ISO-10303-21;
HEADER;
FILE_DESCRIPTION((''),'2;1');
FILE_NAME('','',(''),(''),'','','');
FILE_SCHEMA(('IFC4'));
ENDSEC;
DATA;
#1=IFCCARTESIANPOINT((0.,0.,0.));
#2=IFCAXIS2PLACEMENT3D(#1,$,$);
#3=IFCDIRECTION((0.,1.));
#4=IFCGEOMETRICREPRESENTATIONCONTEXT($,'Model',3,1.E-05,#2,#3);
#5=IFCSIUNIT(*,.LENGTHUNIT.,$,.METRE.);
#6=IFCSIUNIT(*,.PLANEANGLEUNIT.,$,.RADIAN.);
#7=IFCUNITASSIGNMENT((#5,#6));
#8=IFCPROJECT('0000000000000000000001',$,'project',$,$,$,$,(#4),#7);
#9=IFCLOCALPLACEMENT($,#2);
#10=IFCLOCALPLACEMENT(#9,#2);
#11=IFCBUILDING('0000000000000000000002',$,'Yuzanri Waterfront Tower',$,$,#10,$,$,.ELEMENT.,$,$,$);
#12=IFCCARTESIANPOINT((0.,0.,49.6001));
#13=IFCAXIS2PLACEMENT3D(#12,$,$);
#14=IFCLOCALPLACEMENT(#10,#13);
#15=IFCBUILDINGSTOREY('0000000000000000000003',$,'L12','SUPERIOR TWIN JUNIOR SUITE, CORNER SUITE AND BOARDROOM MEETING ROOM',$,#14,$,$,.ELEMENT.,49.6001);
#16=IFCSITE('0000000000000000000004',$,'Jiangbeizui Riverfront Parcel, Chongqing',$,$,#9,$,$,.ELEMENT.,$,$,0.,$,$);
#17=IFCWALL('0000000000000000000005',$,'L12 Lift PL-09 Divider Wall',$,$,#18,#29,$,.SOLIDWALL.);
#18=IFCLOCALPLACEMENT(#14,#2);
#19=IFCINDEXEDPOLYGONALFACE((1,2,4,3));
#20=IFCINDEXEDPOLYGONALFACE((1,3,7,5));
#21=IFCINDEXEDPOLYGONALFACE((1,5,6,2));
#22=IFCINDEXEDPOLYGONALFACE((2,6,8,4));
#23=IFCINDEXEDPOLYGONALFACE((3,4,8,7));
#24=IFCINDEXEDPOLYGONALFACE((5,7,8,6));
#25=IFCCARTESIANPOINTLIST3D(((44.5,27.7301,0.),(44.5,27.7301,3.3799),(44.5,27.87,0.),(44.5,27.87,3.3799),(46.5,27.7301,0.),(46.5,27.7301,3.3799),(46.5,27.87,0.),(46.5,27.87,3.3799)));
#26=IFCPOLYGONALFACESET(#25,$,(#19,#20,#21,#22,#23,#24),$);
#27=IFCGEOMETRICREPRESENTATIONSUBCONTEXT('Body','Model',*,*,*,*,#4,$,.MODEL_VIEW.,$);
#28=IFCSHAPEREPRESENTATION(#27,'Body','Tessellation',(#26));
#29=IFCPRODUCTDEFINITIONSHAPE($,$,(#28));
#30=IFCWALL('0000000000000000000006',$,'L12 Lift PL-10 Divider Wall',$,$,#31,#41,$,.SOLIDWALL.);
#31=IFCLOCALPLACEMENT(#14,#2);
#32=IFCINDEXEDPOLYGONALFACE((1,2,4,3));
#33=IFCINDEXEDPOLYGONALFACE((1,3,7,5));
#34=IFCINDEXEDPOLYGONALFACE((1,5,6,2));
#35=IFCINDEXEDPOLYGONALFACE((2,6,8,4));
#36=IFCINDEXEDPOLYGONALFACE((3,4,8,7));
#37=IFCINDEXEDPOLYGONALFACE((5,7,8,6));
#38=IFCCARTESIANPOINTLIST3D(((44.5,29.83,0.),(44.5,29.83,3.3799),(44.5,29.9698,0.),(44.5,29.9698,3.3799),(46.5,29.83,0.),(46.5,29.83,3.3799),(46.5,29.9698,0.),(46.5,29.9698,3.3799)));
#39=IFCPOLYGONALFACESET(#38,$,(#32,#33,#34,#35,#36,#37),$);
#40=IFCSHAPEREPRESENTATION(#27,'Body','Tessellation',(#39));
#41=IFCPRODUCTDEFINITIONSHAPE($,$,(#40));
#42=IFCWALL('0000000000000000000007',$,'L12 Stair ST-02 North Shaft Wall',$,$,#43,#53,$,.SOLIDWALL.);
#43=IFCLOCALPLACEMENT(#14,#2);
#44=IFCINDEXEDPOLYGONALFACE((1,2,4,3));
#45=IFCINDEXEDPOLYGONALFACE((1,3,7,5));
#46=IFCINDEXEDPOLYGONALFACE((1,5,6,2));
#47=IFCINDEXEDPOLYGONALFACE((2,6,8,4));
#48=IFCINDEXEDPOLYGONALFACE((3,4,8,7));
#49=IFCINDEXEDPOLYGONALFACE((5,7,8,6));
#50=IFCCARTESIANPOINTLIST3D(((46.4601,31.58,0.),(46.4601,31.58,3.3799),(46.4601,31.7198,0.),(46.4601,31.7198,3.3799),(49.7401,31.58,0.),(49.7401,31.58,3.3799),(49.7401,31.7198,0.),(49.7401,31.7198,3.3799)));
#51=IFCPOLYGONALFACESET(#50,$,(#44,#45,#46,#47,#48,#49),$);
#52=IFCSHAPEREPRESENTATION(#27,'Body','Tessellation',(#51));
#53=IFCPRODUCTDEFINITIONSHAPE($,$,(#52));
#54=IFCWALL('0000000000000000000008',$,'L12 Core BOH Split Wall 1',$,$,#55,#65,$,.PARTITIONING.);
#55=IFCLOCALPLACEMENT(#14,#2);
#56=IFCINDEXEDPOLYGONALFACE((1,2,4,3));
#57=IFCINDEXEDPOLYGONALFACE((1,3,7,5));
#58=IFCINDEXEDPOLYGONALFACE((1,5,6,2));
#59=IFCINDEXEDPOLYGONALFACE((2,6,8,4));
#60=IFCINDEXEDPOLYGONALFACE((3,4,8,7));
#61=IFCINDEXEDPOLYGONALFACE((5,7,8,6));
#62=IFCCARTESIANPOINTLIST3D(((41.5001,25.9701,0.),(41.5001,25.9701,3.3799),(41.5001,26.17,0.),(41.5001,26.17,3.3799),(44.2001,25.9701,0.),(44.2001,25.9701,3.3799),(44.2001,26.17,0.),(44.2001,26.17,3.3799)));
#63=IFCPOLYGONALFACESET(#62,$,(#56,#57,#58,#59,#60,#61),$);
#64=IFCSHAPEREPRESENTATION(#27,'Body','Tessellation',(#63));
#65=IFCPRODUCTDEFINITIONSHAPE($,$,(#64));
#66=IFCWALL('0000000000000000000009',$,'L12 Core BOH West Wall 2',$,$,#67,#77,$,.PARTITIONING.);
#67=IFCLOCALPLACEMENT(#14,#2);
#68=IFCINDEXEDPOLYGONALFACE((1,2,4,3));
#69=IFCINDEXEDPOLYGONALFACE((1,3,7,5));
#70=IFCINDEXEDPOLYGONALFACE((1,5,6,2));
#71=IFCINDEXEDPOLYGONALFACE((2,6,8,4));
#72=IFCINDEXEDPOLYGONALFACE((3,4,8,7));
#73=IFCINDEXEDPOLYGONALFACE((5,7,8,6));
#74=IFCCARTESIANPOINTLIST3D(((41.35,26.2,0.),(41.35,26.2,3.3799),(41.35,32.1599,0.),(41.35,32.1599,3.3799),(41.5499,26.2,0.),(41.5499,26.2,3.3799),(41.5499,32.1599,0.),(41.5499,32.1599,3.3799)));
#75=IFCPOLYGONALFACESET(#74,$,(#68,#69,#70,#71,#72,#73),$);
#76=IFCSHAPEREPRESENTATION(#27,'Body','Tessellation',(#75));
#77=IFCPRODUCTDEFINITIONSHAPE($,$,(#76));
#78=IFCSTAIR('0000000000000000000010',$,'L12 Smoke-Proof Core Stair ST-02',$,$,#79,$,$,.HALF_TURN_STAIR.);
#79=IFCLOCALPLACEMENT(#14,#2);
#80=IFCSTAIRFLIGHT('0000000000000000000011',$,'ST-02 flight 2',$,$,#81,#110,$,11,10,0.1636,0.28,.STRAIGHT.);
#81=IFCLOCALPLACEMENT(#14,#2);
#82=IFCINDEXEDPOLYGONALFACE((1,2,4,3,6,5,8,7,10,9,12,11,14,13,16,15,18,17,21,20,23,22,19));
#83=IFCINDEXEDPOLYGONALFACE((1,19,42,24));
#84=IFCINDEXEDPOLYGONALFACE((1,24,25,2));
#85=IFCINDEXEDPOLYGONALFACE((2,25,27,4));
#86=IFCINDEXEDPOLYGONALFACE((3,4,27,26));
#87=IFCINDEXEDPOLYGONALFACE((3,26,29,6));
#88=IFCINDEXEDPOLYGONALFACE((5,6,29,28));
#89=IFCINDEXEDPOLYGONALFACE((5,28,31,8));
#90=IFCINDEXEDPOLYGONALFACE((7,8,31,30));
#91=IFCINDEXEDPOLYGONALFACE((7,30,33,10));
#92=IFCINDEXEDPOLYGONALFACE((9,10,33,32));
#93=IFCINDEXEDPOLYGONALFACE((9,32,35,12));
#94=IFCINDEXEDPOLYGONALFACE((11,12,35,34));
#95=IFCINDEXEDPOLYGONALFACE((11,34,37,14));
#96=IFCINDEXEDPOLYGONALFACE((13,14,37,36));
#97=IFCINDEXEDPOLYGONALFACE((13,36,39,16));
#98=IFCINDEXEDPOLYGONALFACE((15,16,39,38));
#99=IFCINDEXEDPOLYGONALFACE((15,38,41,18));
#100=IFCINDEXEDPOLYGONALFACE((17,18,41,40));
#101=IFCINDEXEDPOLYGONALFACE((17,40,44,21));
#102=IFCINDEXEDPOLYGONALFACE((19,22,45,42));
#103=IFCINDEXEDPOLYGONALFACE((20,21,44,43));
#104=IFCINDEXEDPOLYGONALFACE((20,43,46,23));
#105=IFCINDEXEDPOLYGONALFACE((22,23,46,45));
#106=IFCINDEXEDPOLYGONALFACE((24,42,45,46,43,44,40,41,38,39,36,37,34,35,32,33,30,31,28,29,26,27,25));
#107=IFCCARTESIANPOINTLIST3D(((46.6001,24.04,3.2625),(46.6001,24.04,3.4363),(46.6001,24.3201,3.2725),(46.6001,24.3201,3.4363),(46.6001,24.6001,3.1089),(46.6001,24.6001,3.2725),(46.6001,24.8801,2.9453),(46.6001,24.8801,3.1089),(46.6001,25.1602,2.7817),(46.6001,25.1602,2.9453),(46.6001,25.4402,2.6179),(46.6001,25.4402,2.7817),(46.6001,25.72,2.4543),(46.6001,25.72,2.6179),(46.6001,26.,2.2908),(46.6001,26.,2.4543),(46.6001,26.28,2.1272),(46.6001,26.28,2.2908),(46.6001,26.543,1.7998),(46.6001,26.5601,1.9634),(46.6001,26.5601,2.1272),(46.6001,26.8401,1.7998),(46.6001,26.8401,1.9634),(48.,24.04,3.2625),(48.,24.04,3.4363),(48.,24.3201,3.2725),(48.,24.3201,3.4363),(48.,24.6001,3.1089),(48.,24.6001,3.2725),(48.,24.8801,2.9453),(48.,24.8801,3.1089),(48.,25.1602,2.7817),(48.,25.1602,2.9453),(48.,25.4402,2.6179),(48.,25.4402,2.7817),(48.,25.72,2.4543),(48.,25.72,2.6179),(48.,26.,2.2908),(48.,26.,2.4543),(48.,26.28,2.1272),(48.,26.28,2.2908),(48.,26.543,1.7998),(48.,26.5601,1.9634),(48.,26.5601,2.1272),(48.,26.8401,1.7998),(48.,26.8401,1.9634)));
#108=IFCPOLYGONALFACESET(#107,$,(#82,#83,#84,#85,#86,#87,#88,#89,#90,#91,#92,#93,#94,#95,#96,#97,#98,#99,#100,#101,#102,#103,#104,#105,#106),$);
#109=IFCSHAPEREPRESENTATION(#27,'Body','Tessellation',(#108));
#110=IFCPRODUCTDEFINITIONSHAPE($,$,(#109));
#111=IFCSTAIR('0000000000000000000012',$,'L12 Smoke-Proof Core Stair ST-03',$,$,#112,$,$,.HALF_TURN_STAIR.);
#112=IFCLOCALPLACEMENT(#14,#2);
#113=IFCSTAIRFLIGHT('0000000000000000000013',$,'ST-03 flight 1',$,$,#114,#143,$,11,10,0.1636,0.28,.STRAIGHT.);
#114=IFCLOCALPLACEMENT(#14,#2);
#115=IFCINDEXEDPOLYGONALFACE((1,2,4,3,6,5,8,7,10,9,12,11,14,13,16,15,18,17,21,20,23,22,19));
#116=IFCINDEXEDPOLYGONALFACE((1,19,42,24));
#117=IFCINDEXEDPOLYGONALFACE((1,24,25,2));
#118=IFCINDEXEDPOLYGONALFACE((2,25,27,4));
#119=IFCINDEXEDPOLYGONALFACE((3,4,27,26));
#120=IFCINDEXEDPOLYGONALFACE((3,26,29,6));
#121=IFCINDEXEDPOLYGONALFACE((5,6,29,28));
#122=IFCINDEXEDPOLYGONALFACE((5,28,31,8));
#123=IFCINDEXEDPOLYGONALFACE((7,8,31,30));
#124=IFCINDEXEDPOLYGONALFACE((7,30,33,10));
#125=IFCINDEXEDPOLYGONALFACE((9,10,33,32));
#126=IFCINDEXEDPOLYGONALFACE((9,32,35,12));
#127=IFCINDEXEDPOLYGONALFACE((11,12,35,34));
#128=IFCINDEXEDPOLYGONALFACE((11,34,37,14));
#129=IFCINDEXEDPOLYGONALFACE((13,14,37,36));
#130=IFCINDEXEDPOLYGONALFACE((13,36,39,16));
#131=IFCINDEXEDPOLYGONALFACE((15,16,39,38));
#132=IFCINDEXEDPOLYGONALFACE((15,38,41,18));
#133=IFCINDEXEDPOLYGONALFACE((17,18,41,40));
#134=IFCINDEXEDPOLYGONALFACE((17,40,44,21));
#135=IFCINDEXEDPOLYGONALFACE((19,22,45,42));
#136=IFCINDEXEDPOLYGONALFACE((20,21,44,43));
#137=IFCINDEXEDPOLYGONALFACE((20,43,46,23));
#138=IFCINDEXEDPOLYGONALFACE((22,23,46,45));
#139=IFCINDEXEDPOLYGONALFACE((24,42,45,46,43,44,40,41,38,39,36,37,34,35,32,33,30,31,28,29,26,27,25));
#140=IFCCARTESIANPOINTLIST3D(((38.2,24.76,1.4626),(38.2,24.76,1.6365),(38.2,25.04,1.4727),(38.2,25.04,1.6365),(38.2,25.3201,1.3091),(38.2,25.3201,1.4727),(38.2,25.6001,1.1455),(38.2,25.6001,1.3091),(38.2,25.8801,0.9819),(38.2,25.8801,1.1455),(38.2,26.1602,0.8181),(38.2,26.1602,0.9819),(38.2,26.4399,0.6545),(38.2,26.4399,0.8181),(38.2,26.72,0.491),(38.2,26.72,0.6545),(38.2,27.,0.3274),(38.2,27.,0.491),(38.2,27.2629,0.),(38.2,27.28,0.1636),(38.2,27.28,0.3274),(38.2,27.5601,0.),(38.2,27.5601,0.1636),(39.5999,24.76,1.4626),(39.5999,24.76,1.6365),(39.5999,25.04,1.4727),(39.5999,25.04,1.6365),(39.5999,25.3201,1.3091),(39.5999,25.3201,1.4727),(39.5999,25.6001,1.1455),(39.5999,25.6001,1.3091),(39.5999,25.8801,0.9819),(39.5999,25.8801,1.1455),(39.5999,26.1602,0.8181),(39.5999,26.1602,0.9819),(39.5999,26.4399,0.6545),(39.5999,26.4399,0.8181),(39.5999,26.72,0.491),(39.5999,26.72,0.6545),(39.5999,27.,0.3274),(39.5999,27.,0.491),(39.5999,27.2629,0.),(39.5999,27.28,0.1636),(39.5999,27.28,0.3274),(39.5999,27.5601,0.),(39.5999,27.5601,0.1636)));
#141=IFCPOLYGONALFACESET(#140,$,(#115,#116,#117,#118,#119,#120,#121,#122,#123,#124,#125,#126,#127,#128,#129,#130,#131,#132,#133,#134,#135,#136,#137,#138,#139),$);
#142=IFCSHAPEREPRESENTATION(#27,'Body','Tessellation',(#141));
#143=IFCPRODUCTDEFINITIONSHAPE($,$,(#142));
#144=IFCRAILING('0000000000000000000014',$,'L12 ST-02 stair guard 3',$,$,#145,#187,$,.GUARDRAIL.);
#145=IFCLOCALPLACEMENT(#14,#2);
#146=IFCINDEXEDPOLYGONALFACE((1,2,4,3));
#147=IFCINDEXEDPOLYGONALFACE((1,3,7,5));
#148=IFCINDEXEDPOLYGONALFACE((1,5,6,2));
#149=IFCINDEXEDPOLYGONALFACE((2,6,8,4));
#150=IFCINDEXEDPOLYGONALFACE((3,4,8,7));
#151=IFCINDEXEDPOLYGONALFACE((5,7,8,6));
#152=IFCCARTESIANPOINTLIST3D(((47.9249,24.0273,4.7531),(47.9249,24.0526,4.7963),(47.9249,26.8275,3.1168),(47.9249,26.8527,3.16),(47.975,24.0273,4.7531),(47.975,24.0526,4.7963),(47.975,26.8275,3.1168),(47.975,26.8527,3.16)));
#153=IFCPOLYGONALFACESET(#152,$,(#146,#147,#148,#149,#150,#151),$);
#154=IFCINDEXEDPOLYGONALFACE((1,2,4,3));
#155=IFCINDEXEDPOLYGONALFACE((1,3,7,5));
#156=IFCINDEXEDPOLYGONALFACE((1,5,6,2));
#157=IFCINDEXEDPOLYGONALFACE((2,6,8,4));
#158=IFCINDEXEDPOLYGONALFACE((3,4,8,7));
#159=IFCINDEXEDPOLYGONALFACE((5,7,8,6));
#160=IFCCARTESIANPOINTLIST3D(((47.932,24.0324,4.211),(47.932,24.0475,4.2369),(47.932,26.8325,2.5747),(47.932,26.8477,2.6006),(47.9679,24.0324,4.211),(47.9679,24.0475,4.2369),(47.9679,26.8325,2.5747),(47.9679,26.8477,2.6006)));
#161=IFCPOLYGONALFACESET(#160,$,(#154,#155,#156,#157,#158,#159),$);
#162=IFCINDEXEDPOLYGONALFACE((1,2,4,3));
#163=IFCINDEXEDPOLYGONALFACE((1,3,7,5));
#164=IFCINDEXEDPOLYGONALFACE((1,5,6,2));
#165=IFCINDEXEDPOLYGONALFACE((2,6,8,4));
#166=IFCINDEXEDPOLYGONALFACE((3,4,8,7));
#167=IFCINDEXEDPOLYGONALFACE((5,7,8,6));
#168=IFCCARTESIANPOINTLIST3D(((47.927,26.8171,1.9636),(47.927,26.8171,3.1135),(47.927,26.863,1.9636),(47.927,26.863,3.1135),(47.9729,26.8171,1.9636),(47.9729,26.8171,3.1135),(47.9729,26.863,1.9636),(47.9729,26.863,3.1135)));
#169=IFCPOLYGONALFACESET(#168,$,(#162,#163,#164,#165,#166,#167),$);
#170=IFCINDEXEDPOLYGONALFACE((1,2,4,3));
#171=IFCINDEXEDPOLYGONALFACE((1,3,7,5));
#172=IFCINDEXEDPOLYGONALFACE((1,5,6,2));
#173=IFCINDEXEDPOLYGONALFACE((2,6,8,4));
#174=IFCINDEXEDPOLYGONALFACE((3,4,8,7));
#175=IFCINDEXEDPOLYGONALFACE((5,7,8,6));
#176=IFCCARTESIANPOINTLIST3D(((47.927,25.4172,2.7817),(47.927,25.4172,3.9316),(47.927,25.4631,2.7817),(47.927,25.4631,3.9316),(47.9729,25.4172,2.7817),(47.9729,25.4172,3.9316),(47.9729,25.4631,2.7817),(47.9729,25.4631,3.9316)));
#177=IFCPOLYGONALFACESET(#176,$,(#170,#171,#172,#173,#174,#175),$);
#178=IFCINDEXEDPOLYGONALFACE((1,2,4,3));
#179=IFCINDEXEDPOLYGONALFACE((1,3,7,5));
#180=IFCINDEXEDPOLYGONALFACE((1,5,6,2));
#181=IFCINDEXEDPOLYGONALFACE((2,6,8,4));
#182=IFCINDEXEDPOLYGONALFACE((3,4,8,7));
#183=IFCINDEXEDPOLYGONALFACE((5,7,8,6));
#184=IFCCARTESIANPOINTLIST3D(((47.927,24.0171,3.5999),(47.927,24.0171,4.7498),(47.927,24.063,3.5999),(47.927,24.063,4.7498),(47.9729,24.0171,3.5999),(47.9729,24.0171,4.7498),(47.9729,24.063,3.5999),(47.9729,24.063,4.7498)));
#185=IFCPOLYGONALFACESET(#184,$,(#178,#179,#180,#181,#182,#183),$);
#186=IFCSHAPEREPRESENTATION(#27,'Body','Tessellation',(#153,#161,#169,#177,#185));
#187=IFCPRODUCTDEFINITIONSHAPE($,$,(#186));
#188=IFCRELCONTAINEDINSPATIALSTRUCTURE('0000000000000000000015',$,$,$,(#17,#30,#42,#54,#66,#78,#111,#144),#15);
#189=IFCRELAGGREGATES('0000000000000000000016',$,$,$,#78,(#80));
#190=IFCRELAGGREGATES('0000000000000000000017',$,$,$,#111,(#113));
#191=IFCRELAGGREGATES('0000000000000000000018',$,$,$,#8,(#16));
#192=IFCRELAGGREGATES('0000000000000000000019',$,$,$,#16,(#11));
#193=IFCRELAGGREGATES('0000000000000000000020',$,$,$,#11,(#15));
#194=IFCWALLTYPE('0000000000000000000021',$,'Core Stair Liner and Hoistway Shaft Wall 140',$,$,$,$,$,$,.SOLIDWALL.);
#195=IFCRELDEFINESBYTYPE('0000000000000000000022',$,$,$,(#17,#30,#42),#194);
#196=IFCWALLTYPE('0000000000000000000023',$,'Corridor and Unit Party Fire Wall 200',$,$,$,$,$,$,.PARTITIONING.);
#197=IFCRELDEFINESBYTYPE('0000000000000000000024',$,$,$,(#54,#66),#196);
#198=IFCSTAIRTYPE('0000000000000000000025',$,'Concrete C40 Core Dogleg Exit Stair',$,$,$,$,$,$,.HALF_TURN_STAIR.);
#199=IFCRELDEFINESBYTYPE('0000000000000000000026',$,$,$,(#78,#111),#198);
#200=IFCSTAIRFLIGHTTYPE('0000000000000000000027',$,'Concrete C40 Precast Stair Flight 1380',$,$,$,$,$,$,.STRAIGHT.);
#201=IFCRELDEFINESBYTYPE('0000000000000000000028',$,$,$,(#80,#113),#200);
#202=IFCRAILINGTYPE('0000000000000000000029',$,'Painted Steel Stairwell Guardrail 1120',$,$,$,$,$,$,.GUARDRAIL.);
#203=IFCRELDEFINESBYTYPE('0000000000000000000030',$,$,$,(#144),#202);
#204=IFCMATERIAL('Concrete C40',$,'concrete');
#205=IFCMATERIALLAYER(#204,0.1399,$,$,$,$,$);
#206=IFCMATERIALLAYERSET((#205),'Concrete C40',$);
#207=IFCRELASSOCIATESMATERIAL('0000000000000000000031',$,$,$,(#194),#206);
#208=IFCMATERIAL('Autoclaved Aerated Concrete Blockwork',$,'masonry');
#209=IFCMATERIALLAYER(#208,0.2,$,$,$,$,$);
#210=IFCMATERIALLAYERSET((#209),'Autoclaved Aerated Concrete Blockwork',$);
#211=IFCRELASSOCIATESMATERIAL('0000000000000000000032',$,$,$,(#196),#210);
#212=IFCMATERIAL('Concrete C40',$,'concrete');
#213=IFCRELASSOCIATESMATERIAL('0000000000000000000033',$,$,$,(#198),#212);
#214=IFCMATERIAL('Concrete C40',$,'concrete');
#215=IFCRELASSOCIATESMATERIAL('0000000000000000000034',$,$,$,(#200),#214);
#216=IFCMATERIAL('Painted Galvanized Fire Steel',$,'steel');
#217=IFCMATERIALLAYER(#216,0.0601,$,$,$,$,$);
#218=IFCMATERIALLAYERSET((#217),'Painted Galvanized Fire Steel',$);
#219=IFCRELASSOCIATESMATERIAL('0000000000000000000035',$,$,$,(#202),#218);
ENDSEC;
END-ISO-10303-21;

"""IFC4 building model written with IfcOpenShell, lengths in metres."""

from ifc_helpers import new_model, si_unit, direction, frame, frame_2d, origin, origin_2d, place, context, subcontext, project, spatial, polyline, rectangle, outline, extrude, source, transform, mapped, material, layer, layer_set, type_object, element, aggregate, save


model = new_model("IFC4")

# Units and contexts
model_context = context("Model", 3, precision=1e-05, world=origin(), true_north=direction((0.0, 1.0)))
body_context = subcontext(model_context, "Body", "Model", "MODEL_VIEW")
ifc_project = project(units=[si_unit("LENGTHUNIT", "METRE"), si_unit("PLANEANGLEUNIT", "RADIAN")], contexts=[model_context])

# Site, building, storey
site_placement = place(None, origin())
site = spatial("IfcSite", under=ifc_project, at=site_placement, Name="Jiangbeizui Riverfront Parcel, Chongqing", CompositionType="ELEMENT", RefElevation=0.0)
building_placement = place(site_placement, origin())
building = spatial("IfcBuilding", under=site, at=building_placement, Name="Yuzanri Waterfront Tower", CompositionType="ELEMENT")
storey_placement = place(building_placement, frame((0.0, 0.0, 49.6001)))
storey = spatial("IfcBuildingStorey", under=building, at=storey_placement, Name="L12", Description="SUPERIOR TWIN JUNIOR SUITE, CORNER SUITE AND BOARDROOM MEETING ROOM", CompositionType="ELEMENT", Elevation=49.6001)

# Shared definitions
ifc_material_1 = material(Name="Concrete C40", Category="concrete")
ifc_layer_1 = layer(ifc_material_1, 0.1399)
ifc_layer_set_1 = layer_set([ifc_layer_1], Name="Concrete C40")
wall_type_1 = type_object("IfcWallType", Name="Core Stair Liner and Hoistway Shaft Wall 140", PredefinedType="SOLIDWALL", material=ifc_layer_set_1)

# Walls
shared_shape_1 = source(origin(), body_context, "Body", "SweptSolid", [
    extrude(rectangle(XDim=2.0, YDim=0.1399, at=frame_2d((1.0, 0.0))), origin(), (0.0, 0.0, 1.0), 3.3799),
])
for number, where, z_axis, x_axis, name in (
    (1, (44.5, 27.8, 0.0), (0.0, 0.0, 1.0), (1.0, 0.0, 0.0), "L12 Lift PL-09 Divider Wall"),
    (2, (44.5, 29.8999, 0.0), (0.0, 0.0, 1.0), (1.0, 0.0, 0.0), "L12 Lift PL-10 Divider Wall"),
):
    element("IfcWall", number, at=place(storey_placement, frame(where, z_axis=z_axis, x_axis=x_axis)), inside=storey, type_object=wall_type_1, Name=name, PredefinedType="SOLIDWALL", context=body_context, shape_type="MappedRepresentation", body=[
        mapped(shared_shape_1, transform((0.0, 0.0, 0.0), scale=1.0)),
    ])
shared_shape_2 = source(origin(), body_context, "Body", "SweptSolid", [
    extrude(rectangle(XDim=3.28, YDim=0.1399, at=frame_2d((1.6401, 0.0))), origin(), (0.0, 0.0, 1.0), 3.3799),
])
wall_1_placement = place(storey_placement, frame((46.46, 31.6499, 0.0), z_axis=(0.0, 0.0, 1.0), x_axis=(1.0, 0.0, 0.0)))
element("IfcWall", 3, at=wall_1_placement, inside=storey, type_object=wall_type_1, Name="L12 Stair ST-02 North Shaft Wall", PredefinedType="SOLIDWALL", context=body_context, shape_type="MappedRepresentation", body=[
    mapped(shared_shape_2, transform((0.0, 0.0, 0.0), scale=1.0)),
])
ifc_material_2 = material(Name="Autoclaved Aerated Concrete Blockwork", Category="masonry")
ifc_layer_2 = layer(ifc_material_2, 0.2)
ifc_layer_set_2 = layer_set([ifc_layer_2], Name="Autoclaved Aerated Concrete Blockwork")
wall_type_2 = type_object("IfcWallType", Name="Corridor and Unit Party Fire Wall 200", PredefinedType="PARTITIONING", material=ifc_layer_set_2)
shared_shape_3 = source(origin(), body_context, "Body", "SweptSolid", [
    extrude(rectangle(XDim=2.7, YDim=0.2, at=frame_2d((1.3501, 0.0))), origin(), (0.0, 0.0, 1.0), 3.3799),
])
wall_2_placement = place(storey_placement, frame((41.5, 26.0701, 0.0), z_axis=(0.0, 0.0, 1.0), x_axis=(1.0, 0.0, 0.0)))
element("IfcWall", 4, at=wall_2_placement, inside=storey, type_object=wall_type_2, Name="L12 Core BOH Split Wall 1", PredefinedType="PARTITIONING", context=body_context, shape_type="MappedRepresentation", body=[
    mapped(shared_shape_3, transform((0.0, 0.0, 0.0), scale=1.0)),
])
shared_shape_4 = source(origin(), body_context, "Body", "SweptSolid", [
    extrude(rectangle(XDim=5.96, YDim=0.2, at=frame_2d((2.98, 0.0))), origin(), (0.0, 0.0, 1.0), 3.3799),
])
wall_3_placement = place(storey_placement, frame((41.45, 26.2, 0.0), z_axis=(0.0, 0.0, 1.0), x_axis=(0.0, 1.0, 0.0)))
element("IfcWall", 5, at=wall_3_placement, inside=storey, type_object=wall_type_2, Name="L12 Core BOH West Wall 2", PredefinedType="PARTITIONING", context=body_context, shape_type="MappedRepresentation", body=[
    mapped(shared_shape_4, transform((0.0, 0.0, 0.0), scale=1.0)),
])

# Stairs, stair flights
ifc_material_3 = material(Name="Concrete C40", Category="concrete")
stair_type = type_object("IfcStairType", Name="Concrete C40 Core Dogleg Exit Stair", PredefinedType="HALF_TURN_STAIR", material=ifc_material_3)
stair_1_placement = place(storey_placement, origin())
stair_1 = element("IfcStair", 6, at=stair_1_placement, inside=storey, type_object=stair_type, Name="L12 Smoke-Proof Core Stair ST-02", PredefinedType="HALF_TURN_STAIR")
ifc_material_4 = material(Name="Concrete C40", Category="concrete")
stair_flight_type = type_object("IfcStairFlightType", Name="Concrete C40 Precast Stair Flight 1380", PredefinedType="STRAIGHT", material=ifc_material_4)
shared_shape_5 = source(origin(), body_context, "Body", "SweptSolid", [
    extrude(outline(polyline([(0.0, 0.0), (0.0, 0.1636), (0.28, 0.1636), (0.28, 0.3274), (0.5601, 0.3274), (0.5601, 0.491), (0.8401, 0.491), (0.8401, 0.6545), (1.1201, 0.6545), (1.1201, 0.8181), (1.3999, 0.8181), (1.3999, 0.9819), (1.6799, 0.9819), (1.6799, 1.1455), (1.96, 1.1455), (1.96, 1.3091), (2.24, 1.3091), (2.24, 1.4727), (2.52, 1.4727), (2.52, 1.6365), (2.8, 1.6365), (2.8, 1.8), (2.8, 1.4626), (0.2971, 0.0), (0.0, 0.0)])), frame((0.0, 0.7, 0.0), z_axis=(0.0, -1.0, 0.0), x_axis=(1.0, 0.0, 0.0)), (0.0, 0.0, 1.0), 1.3999),
])
stair_flight_1_placement = place(storey_placement, frame((47.3, 26.8401, 1.7998), z_axis=(0.0, 0.0, 1.0), x_axis=(0.0, -1.0, 0.0)))
stair_flight_1 = element("IfcStairFlight", 7, at=stair_flight_1_placement, type_object=stair_flight_type, Name="ST-02 flight 2", NumberOfRisers=11, NumberOfTreads=10, PredefinedType="STRAIGHT", RiserHeight=0.1636, TreadLength=0.28, context=body_context, shape_type="MappedRepresentation", body=[
    mapped(shared_shape_5, transform((0.0, 0.0, 0.0), scale=1.0)),
])
aggregate(stair_1, [stair_flight_1])
stair_2_placement = place(storey_placement, origin())
stair_2 = element("IfcStair", 8, at=stair_2_placement, inside=storey, type_object=stair_type, Name="L12 Smoke-Proof Core Stair ST-03", PredefinedType="HALF_TURN_STAIR")
stair_flight_2_placement = place(storey_placement, frame((38.8999, 27.5601, 0.0), z_axis=(0.0, 0.0, 1.0), x_axis=(0.0, -1.0, 0.0)))
stair_flight_2 = element("IfcStairFlight", 9, at=stair_flight_2_placement, type_object=stair_flight_type, Name="ST-03 flight 1", NumberOfRisers=11, NumberOfTreads=10, PredefinedType="STRAIGHT", RiserHeight=0.1636, TreadLength=0.28, context=body_context, shape_type="MappedRepresentation", body=[
    mapped(shared_shape_5, transform((0.0, 0.0, 0.0), scale=1.0)),
])
aggregate(stair_2, [stair_flight_2])

# Railing
ifc_material_5 = material(Name="Painted Galvanized Fire Steel", Category="steel")
ifc_layer_3 = layer(ifc_material_5, 0.0601)
ifc_layer_set_3 = layer_set([ifc_layer_3], Name="Painted Galvanized Fire Steel")
railing_type_1 = type_object("IfcRailingType", Name="Painted Steel Stairwell Guardrail 1120", PredefinedType="GUARDRAIL", material=ifc_layer_set_3)
shared_shape_6 = source(origin(), body_context, "Body", "SweptSolid", [
    extrude(rectangle(XDim=0.05, YDim=0.05, at=origin_2d()), frame((0.0, 0.0, 1.1748), z_axis=(0.0, -0.863394, 0.504531), x_axis=(1.0, 0.0, 0.0)), (0.0, 0.0, 1.0), 3.2432),
    extrude(rectangle(XDim=0.0359, YDim=0.03, at=origin_2d()), frame((0.0, 0.0, 0.624), z_axis=(0.0, -0.863394, 0.504531), x_axis=(1.0, 0.0, 0.0)), (0.0, 0.0, 1.0), 3.2432),
    extrude(rectangle(XDim=0.0459, YDim=0.0459, at=origin_2d()), origin(), (0.0, 0.0, 1.0), 1.1499),
    extrude(rectangle(XDim=0.0459, YDim=0.0459, at=origin_2d()), frame((0.0, -1.3999, 0.8181)), (0.0, 0.0, 1.0), 1.1499),
    extrude(rectangle(XDim=0.0459, YDim=0.0459, at=origin_2d()), frame((0.0, -2.8, 1.6362)), (0.0, 0.0, 1.0), 1.1499),
])
for number, where, name in (
    (10, (47.95, 26.8401, 1.9636), "L12 ST-02 stair guard 3"),
):
    element("IfcRailing", number, at=place(storey_placement, frame(where)), inside=storey, type_object=railing_type_1, Name=name, PredefinedType="GUARDRAIL", context=body_context, shape_type="MappedRepresentation", body=[
        mapped(shared_shape_6, transform((0.0, 0.0, 0.0), scale=1.0)),
    ])

save(model, "model.ifc")
